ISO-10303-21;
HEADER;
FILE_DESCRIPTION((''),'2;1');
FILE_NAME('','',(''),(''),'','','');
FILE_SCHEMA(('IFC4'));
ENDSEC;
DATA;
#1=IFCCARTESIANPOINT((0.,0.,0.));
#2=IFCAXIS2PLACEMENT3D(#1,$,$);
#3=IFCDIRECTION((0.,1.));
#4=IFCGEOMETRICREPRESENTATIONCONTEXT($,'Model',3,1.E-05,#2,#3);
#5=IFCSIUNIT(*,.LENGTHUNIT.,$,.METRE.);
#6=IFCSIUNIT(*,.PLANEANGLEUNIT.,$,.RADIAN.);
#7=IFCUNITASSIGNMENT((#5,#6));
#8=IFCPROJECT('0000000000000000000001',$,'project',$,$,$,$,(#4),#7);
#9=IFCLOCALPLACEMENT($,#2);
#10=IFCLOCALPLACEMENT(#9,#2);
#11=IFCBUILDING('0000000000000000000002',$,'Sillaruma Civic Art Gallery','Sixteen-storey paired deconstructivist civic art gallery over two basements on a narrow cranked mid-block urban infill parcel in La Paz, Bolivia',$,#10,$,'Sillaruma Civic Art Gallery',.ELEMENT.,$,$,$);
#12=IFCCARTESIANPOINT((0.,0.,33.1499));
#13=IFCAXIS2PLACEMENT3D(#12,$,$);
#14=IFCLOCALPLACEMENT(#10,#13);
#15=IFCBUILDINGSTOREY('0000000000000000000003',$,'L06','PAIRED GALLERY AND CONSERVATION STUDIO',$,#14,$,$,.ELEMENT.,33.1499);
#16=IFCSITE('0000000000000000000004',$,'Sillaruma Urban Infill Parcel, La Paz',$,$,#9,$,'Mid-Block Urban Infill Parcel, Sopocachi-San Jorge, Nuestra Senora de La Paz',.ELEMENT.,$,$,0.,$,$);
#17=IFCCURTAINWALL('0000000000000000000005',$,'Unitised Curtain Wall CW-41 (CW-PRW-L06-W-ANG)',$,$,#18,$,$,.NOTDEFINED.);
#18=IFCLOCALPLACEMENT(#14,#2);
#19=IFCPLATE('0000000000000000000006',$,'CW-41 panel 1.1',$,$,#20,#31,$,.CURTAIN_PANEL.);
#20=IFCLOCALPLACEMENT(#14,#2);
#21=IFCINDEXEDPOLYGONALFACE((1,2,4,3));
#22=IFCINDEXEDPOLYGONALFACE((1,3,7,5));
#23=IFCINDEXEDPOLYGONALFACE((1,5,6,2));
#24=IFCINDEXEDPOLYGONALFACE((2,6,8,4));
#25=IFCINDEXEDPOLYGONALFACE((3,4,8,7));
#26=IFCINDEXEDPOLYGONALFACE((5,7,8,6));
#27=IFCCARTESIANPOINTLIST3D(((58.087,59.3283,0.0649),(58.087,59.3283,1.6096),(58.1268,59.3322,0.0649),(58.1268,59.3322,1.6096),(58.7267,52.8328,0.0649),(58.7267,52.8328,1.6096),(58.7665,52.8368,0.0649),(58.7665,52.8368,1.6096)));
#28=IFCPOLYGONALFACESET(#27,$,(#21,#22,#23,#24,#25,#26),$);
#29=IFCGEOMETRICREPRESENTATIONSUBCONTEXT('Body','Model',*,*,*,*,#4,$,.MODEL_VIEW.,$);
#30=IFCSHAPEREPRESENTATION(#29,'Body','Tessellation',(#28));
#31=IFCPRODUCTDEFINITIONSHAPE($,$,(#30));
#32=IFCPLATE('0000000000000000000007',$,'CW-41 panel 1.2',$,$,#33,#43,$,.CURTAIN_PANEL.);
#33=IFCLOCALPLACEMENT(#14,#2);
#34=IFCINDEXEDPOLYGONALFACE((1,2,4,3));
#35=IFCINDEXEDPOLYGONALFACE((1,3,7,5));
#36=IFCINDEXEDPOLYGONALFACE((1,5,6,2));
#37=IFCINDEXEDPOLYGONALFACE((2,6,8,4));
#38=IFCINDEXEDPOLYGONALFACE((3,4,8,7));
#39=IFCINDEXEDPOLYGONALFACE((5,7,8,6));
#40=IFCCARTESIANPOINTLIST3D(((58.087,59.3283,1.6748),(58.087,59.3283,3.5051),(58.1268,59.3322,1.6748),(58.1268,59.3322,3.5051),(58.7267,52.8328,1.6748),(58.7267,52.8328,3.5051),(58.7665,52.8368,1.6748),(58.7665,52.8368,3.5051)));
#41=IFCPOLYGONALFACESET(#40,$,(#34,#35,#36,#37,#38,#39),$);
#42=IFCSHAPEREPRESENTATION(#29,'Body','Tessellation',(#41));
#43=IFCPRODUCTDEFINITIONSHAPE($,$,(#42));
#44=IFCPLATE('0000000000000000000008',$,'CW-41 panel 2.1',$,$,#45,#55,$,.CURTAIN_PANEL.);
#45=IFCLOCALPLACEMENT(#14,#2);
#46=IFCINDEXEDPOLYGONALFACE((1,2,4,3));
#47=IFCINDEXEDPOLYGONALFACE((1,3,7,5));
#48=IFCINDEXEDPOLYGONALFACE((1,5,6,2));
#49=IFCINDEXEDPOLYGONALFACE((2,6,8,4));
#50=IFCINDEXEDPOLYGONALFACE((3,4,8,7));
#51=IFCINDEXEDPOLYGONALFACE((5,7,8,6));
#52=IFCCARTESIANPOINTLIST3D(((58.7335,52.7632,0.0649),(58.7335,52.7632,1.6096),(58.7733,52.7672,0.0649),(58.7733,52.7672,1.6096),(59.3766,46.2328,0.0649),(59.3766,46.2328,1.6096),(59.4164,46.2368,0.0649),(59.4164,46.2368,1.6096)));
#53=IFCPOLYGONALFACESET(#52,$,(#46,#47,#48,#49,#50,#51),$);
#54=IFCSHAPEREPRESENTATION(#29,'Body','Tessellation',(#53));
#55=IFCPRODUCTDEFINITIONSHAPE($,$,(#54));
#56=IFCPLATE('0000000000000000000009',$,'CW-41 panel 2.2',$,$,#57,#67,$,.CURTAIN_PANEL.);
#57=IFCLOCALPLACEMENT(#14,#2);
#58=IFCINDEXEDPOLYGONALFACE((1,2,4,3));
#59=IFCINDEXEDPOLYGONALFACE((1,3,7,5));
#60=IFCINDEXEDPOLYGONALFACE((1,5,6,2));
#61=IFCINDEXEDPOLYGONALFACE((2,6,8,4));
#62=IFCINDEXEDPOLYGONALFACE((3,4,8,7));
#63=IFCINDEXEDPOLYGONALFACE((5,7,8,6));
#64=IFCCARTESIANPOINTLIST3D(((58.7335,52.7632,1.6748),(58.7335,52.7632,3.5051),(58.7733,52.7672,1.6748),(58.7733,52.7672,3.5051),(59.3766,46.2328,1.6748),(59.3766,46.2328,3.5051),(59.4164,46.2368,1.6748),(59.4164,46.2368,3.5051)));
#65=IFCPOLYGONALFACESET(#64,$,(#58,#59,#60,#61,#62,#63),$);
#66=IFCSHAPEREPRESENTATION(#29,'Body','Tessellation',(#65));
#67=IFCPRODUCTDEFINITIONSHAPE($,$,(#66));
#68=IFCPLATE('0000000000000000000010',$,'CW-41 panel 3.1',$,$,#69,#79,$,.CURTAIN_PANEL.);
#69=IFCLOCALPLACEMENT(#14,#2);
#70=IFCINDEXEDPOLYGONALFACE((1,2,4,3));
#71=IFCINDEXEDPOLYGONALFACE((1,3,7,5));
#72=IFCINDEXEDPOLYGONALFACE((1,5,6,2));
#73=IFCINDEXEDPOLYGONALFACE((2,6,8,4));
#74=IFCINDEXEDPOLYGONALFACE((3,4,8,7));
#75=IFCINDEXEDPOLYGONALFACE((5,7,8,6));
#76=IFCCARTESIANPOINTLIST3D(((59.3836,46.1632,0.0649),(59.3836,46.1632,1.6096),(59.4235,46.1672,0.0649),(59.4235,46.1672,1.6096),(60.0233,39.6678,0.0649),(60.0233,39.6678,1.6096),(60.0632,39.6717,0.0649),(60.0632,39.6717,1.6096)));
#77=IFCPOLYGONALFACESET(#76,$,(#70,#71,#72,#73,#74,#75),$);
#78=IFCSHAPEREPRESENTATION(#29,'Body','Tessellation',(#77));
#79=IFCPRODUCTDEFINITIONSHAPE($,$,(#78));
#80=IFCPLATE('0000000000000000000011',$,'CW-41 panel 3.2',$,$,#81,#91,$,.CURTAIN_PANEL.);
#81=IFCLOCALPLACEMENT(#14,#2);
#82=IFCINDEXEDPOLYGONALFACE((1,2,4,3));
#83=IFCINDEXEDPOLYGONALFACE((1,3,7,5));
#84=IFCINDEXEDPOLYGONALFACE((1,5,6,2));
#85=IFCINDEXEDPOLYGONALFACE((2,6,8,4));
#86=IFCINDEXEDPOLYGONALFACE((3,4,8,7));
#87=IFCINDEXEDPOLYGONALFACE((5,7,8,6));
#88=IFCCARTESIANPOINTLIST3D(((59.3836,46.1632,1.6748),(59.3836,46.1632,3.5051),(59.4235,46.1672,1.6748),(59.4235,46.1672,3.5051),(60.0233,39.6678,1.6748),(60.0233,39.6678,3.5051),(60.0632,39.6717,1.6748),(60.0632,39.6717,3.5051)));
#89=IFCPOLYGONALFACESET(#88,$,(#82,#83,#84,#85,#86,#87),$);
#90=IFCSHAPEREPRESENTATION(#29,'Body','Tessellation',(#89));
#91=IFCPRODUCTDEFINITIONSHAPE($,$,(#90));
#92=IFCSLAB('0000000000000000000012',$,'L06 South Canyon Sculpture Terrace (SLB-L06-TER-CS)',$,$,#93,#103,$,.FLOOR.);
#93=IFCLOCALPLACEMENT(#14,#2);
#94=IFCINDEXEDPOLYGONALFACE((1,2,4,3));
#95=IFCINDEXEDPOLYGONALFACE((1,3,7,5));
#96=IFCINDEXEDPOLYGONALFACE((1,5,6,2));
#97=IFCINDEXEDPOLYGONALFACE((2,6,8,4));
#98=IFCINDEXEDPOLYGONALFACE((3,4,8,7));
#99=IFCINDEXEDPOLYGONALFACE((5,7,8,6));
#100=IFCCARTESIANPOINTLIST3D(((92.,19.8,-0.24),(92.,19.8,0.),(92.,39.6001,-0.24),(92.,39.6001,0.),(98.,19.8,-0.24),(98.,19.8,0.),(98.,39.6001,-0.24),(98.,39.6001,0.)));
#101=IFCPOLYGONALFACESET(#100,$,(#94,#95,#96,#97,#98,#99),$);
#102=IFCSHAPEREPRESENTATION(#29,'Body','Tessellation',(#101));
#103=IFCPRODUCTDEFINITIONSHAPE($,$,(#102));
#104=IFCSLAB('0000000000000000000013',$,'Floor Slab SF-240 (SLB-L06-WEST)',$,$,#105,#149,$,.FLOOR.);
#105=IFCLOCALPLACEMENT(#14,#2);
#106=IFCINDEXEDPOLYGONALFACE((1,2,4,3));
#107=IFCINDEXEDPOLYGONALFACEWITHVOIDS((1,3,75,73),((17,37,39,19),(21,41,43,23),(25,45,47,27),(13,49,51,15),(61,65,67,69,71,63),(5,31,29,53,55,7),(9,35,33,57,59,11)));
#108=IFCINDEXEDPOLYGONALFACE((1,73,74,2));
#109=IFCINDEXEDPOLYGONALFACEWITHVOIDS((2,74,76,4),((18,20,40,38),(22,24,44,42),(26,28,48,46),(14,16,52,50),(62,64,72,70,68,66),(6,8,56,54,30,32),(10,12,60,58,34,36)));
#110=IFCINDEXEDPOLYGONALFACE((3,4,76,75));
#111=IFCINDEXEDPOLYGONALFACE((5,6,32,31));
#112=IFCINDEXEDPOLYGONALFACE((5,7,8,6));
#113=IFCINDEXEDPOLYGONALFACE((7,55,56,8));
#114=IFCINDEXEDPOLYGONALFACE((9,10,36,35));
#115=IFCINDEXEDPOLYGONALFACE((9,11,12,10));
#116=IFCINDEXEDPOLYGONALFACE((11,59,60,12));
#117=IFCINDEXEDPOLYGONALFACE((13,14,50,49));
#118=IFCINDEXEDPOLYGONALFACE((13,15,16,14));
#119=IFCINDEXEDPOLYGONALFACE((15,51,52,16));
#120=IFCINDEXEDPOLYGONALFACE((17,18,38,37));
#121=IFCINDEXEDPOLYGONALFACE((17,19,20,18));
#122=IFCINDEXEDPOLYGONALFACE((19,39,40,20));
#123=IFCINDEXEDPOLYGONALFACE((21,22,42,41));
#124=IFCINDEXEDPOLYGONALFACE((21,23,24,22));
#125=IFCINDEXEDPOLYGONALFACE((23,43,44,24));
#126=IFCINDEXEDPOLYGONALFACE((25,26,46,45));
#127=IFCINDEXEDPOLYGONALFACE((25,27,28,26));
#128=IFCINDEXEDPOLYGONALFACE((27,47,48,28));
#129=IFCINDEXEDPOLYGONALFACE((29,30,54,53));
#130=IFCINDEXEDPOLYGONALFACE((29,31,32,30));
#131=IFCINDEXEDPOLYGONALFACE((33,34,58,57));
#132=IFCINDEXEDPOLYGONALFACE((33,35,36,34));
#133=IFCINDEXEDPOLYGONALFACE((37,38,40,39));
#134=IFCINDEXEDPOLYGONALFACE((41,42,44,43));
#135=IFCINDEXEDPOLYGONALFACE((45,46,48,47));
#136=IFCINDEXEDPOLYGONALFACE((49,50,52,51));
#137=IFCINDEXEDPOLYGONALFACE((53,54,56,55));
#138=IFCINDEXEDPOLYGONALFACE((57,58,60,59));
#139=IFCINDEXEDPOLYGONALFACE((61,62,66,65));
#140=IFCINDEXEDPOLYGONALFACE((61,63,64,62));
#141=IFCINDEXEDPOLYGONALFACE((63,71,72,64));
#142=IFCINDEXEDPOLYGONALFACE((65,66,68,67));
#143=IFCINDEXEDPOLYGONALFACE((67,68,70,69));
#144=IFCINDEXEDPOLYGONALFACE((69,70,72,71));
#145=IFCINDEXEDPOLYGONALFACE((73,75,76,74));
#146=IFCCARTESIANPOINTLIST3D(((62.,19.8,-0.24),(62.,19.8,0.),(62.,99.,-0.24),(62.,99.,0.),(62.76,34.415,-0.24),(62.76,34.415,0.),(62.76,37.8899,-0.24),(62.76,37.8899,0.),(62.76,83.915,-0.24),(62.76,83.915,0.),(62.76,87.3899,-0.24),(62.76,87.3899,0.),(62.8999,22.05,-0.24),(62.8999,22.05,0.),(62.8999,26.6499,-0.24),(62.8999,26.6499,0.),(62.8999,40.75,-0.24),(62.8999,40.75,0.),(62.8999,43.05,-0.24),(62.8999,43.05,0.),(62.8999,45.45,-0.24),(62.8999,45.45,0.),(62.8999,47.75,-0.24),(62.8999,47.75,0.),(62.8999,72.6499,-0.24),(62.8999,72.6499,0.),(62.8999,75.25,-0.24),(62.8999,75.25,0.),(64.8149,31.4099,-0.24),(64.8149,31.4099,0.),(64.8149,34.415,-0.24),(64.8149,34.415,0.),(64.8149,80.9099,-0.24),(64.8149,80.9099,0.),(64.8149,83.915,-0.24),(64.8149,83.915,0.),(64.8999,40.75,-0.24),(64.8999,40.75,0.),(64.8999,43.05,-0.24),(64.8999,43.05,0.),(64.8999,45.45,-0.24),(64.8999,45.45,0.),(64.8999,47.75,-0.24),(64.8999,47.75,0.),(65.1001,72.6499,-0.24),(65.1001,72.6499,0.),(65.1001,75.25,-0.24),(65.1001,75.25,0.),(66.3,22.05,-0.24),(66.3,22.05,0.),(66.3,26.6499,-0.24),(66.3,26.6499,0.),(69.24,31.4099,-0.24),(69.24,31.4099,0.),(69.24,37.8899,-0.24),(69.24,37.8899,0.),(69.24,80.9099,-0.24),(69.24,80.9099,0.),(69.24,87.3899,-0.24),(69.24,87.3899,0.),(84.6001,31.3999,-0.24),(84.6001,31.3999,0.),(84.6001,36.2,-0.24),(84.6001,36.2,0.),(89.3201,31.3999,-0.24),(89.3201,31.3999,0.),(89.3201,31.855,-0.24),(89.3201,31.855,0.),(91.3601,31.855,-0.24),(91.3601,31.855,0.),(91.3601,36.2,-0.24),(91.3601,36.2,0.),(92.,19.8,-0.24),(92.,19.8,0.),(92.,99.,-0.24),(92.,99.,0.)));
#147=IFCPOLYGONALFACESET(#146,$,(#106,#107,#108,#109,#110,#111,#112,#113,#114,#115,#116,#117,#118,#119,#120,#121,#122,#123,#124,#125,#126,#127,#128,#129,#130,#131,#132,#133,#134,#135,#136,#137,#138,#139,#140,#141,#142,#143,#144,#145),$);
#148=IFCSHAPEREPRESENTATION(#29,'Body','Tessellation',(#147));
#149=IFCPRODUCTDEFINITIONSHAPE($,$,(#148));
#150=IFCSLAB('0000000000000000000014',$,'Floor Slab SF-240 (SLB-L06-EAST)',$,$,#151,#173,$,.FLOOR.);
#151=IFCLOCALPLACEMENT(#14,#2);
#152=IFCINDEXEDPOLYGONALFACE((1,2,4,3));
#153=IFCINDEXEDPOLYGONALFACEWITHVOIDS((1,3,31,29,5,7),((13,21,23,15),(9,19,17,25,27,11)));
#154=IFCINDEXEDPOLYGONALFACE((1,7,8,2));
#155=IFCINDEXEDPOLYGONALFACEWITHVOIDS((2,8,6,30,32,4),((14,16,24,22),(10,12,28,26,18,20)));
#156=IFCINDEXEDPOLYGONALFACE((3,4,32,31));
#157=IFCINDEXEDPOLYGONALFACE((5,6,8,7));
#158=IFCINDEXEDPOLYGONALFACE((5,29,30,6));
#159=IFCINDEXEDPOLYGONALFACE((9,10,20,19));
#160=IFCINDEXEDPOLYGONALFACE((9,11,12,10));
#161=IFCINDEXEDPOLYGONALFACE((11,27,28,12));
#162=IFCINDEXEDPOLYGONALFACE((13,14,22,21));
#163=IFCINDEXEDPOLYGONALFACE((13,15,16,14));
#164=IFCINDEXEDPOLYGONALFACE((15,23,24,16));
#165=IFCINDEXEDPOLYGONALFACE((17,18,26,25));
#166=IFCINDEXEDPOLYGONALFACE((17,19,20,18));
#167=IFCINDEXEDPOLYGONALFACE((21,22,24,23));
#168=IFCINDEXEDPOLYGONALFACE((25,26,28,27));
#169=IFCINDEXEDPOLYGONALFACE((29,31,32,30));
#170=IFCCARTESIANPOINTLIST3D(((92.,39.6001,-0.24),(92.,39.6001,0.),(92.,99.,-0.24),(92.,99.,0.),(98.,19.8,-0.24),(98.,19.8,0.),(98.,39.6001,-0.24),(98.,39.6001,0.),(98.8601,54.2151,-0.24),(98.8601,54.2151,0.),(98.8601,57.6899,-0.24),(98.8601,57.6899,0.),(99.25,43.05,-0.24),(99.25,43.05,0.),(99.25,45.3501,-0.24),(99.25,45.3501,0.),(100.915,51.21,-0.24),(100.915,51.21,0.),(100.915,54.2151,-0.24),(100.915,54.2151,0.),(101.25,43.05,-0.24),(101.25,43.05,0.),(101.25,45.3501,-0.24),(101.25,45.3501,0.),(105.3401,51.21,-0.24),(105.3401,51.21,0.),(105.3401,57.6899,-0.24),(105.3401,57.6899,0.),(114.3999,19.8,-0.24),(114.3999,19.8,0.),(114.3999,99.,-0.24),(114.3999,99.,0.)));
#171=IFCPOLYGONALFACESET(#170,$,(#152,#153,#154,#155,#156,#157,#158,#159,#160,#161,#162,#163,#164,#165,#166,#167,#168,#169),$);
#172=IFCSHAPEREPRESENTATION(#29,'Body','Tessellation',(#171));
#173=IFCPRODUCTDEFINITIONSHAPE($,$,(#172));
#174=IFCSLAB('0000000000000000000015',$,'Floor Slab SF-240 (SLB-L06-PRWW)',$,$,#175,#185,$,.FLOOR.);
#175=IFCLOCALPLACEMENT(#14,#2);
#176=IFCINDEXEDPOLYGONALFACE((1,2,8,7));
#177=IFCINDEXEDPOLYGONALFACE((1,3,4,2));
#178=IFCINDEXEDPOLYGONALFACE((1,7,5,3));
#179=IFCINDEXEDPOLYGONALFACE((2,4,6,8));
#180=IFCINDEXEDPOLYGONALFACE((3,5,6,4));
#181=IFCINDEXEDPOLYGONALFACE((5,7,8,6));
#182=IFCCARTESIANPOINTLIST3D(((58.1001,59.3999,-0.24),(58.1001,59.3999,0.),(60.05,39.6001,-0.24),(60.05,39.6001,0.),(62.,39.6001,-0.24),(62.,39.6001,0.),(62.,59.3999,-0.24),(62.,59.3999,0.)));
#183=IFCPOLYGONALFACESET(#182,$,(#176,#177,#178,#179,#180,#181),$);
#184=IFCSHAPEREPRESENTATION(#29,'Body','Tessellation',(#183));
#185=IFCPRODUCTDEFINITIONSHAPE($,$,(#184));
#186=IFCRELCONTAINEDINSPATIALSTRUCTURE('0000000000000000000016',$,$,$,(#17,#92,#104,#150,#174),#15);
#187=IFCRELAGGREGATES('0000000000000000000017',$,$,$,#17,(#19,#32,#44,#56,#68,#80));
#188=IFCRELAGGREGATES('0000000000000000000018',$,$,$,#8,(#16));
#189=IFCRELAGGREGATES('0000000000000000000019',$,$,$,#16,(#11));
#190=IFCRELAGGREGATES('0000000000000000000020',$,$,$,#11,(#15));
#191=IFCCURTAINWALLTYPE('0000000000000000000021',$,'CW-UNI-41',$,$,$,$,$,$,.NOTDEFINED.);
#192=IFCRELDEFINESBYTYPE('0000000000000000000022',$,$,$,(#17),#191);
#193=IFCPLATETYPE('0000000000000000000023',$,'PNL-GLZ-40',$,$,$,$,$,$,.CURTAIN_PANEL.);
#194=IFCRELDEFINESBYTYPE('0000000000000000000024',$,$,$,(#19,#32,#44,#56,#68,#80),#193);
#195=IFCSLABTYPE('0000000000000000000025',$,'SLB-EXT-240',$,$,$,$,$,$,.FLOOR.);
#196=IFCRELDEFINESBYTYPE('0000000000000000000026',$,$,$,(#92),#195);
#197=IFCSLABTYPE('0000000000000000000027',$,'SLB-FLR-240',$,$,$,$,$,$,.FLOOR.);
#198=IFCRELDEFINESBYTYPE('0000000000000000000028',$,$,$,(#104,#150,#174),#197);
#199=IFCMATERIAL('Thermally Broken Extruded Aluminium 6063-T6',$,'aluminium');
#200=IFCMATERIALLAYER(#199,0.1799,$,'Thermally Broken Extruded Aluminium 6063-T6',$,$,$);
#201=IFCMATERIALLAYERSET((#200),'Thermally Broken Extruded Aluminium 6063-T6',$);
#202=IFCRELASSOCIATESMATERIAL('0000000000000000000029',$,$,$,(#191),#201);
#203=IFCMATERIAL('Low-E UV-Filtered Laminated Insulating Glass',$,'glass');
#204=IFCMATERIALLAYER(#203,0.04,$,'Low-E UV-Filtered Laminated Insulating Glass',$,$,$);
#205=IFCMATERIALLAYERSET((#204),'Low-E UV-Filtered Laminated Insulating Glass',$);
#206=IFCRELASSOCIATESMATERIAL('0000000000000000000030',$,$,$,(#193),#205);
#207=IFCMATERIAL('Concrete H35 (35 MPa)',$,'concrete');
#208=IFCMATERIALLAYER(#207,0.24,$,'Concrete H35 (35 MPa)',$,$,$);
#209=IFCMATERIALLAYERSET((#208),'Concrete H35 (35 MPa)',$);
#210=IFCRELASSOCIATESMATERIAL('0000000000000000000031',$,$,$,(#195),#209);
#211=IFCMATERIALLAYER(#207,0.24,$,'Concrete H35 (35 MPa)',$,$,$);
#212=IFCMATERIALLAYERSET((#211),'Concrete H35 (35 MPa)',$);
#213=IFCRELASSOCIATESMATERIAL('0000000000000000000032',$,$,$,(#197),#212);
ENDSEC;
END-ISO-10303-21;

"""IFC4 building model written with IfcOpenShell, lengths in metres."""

from ifc_helpers import new_model, si_unit, direction, frame, origin, origin_2d, place, context, subcontext, project, spatial, polyline, rectangle, outline, extrude, material, layer, layer_set, type_object, element, aggregate, save


model = new_model("IFC4")

# Units and contexts
model_context = context("Model", 3, precision=1e-05, world=origin(), true_north=direction((0.0, 1.0)))
body_context = subcontext(model_context, "Body", "Model", "MODEL_VIEW")
ifc_project = project(units=[si_unit("LENGTHUNIT", "METRE"), si_unit("PLANEANGLEUNIT", "RADIAN")], contexts=[model_context])

# Site, building, storey
site_placement = place(None, origin())
site = spatial("IfcSite", under=ifc_project, at=site_placement, Name="Sillaruma Urban Infill Parcel, La Paz", LongName="Mid-Block Urban Infill Parcel, Sopocachi-San Jorge, Nuestra Senora de La Paz", CompositionType="ELEMENT", RefElevation=0.0)
building_placement = place(site_placement, origin())
building = spatial("IfcBuilding", under=site, at=building_placement, Name="Sillaruma Civic Art Gallery", Description="Sixteen-storey paired deconstructivist civic art gallery over two basements on a narrow cranked mid-block urban infill parcel in La Paz, Bolivia", LongName="Sillaruma Civic Art Gallery", CompositionType="ELEMENT")
storey_placement = place(building_placement, frame((0.0, 0.0, 33.1499)))
storey = spatial("IfcBuildingStorey", under=building, at=storey_placement, Name="L06", Description="PAIRED GALLERY AND CONSERVATION STUDIO", CompositionType="ELEMENT", Elevation=33.1499)

# Curtain wall
ifc_material_1 = material(Name="Thermally Broken Extruded Aluminium 6063-T6", Category="aluminium")
ifc_layer_1 = layer(ifc_material_1, 0.1799, Name="Thermally Broken Extruded Aluminium 6063-T6")
ifc_layer_set_1 = layer_set([ifc_layer_1], Name="Thermally Broken Extruded Aluminium 6063-T6")
curtain_wall_type = type_object("IfcCurtainWallType", Name="CW-UNI-41", PredefinedType="NOTDEFINED", material=ifc_layer_set_1)
curtain_wall_placement = place(storey_placement, origin())
curtain_wall = element("IfcCurtainWall", 1, at=curtain_wall_placement, inside=storey, type_object=curtain_wall_type, Name="Unitised Curtain Wall CW-41 (CW-PRW-L06-W-ANG)", PredefinedType="NOTDEFINED")

# Plates
ifc_material_2 = material(Name="Low-E UV-Filtered Laminated Insulating Glass", Category="glass")
ifc_layer_2 = layer(ifc_material_2, 0.04, Name="Low-E UV-Filtered Laminated Insulating Glass")
ifc_layer_set_2 = layer_set([ifc_layer_2], Name="Low-E UV-Filtered Laminated Insulating Glass")
plate_type_1 = type_object("IfcPlateType", Name="PNL-GLZ-40", PredefinedType="CURTAIN_PANEL", material=ifc_layer_set_2)
plate_1_placement = place(storey_placement, frame((58.4268, 56.0825, 0.0649), z_axis=(0.0, 0.0, 1.0), x_axis=(0.098011, -0.995185, 0.0)))
plate_1 = element("IfcPlate", 2, at=plate_1_placement, type_object=plate_type_1, Name="CW-41 panel 1.1", PredefinedType="CURTAIN_PANEL", context=body_context, shape_type="SweptSolid", body=[
    extrude(rectangle(XDim=6.5269, YDim=0.04, at=origin_2d()), origin(), (0.0, 0.0, 1.0), 1.5447),
])
plate_2_placement = place(storey_placement, frame((58.4268, 56.0825, 1.6748), z_axis=(0.0, 0.0, 1.0), x_axis=(0.098011, -0.995185, 0.0)))
plate_2 = element("IfcPlate", 3, at=plate_2_placement, type_object=plate_type_1, Name="CW-41 panel 1.2", PredefinedType="CURTAIN_PANEL", context=body_context, shape_type="SweptSolid", body=[
    extrude(rectangle(XDim=6.5269, YDim=0.04, at=origin_2d()), origin(), (0.0, 0.0, 1.0), 1.8303),
])
plate_3_placement = place(storey_placement, frame((59.075, 49.5, 0.0649), z_axis=(0.0, 0.0, 1.0), x_axis=(0.098011, -0.995185, 0.0)))
plate_3 = element("IfcPlate", 4, at=plate_3_placement, type_object=plate_type_1, Name="CW-41 panel 2.1", PredefinedType="CURTAIN_PANEL", context=body_context, shape_type="SweptSolid", body=[
    extrude(rectangle(XDim=6.562, YDim=0.04, at=origin_2d()), origin(), (0.0, 0.0, 1.0), 1.5447),
])
plate_4_placement = place(storey_placement, frame((59.075, 49.5, 1.6748), z_axis=(0.0, 0.0, 1.0), x_axis=(0.098011, -0.995185, 0.0)))
plate_4 = element("IfcPlate", 5, at=plate_4_placement, type_object=plate_type_1, Name="CW-41 panel 2.2", PredefinedType="CURTAIN_PANEL", context=body_context, shape_type="SweptSolid", body=[
    extrude(rectangle(XDim=6.562, YDim=0.04, at=origin_2d()), origin(), (0.0, 0.0, 1.0), 1.8303),
])
plate_5_placement = place(storey_placement, frame((59.7234, 42.9175, 0.0649), z_axis=(0.0, 0.0, 1.0), x_axis=(0.098011, -0.995185, 0.0)))
plate_5 = element("IfcPlate", 6, at=plate_5_placement, type_object=plate_type_1, Name="CW-41 panel 3.1", PredefinedType="CURTAIN_PANEL", context=body_context, shape_type="SweptSolid", body=[
    extrude(rectangle(XDim=6.5269, YDim=0.04, at=origin_2d()), origin(), (0.0, 0.0, 1.0), 1.5447),
])
plate_6_placement = place(storey_placement, frame((59.7234, 42.9175, 1.6748), z_axis=(0.0, 0.0, 1.0), x_axis=(0.098011, -0.995185, 0.0)))
plate_6 = element("IfcPlate", 7, at=plate_6_placement, type_object=plate_type_1, Name="CW-41 panel 3.2", PredefinedType="CURTAIN_PANEL", context=body_context, shape_type="SweptSolid", body=[
    extrude(rectangle(XDim=6.5269, YDim=0.04, at=origin_2d()), origin(), (0.0, 0.0, 1.0), 1.8303),
])
aggregate(curtain_wall, [plate_1, plate_2, plate_3, plate_4, plate_5, plate_6])

# Slabs
ifc_material_3 = material(Name="Concrete H35 (35 MPa)", Category="concrete")
ifc_layer_3 = layer(ifc_material_3, 0.24, Name="Concrete H35 (35 MPa)")
ifc_layer_set_3 = layer_set([ifc_layer_3], Name="Concrete H35 (35 MPa)")
slab_type_1 = type_object("IfcSlabType", Name="SLB-EXT-240", PredefinedType="FLOOR", material=ifc_layer_set_3)
slab_1_placement = place(storey_placement, frame((0.0, 0.0, -0.24)))
element("IfcSlab", 8, at=slab_1_placement, inside=storey, type_object=slab_type_1, Name="L06 South Canyon Sculpture Terrace (SLB-L06-TER-CS)", PredefinedType="FLOOR", context=body_context, shape_type="SweptSolid", body=[
    extrude(outline(polyline([(92.0, 19.8), (98.0, 19.8), (98.0, 39.6001), (92.0, 39.6001), (92.0, 19.8)])), origin(), (0.0, 0.0, 1.0), 0.24),
])
ifc_layer_4 = layer(ifc_material_3, 0.24, Name="Concrete H35 (35 MPa)")
ifc_layer_set_4 = layer_set([ifc_layer_4], Name="Concrete H35 (35 MPa)")
slab_type_2 = type_object("IfcSlabType", Name="SLB-FLR-240", PredefinedType="FLOOR", material=ifc_layer_set_4)
slab_2_placement = place(storey_placement, frame((0.0, 0.0, -0.24)))
element("IfcSlab", 9, at=slab_2_placement, inside=storey, type_object=slab_type_2, Name="Floor Slab SF-240 (SLB-L06-WEST)", PredefinedType="FLOOR", context=body_context, shape_type="SweptSolid", body=[
    extrude(outline(polyline([(62.0, 19.8), (92.0, 19.8), (92.0, 99.0), (62.0, 99.0), (62.0, 19.8)]), holes=[polyline([(64.8149, 80.9099), (69.24, 80.9099), (69.24, 87.3899), (62.76, 87.3899), (62.76, 83.915), (64.8149, 83.915), (64.8149, 80.9099)]), polyline([(64.8149, 31.4099), (69.24, 31.4099), (69.24, 37.8899), (62.76, 37.8899), (62.76, 34.415), (64.8149, 34.415), (64.8149, 31.4099)]), polyline([(84.6001, 31.3999), (89.3201, 31.3999), (89.3201, 31.855), (91.3601, 31.855), (91.3601, 36.2), (84.6001, 36.2), (84.6001, 31.3999)]), polyline([(62.8999, 40.75), (64.8999, 40.75), (64.8999, 43.05), (62.8999, 43.05), (62.8999, 40.75)]), polyline([(62.8999, 45.45), (64.8999, 45.45), (64.8999, 47.75), (62.8999, 47.75), (62.8999, 45.45)]), polyline([(62.8999, 72.6499), (65.1001, 72.6499), (65.1001, 75.25), (62.8999, 75.25), (62.8999, 72.6499)]), polyline([(62.8999, 22.05), (66.3, 22.05), (66.3, 26.6499), (62.8999, 26.6499), (62.8999, 22.05)])]), origin(), (0.0, 0.0, 1.0), 0.24),
])
slab_3_placement = place(storey_placement, frame((0.0, 0.0, -0.24)))
element("IfcSlab", 10, at=slab_3_placement, inside=storey, type_object=slab_type_2, Name="Floor Slab SF-240 (SLB-L06-EAST)", PredefinedType="FLOOR", context=body_context, shape_type="SweptSolid", body=[
    extrude(outline(polyline([(92.0, 39.6001), (98.0, 39.6001), (98.0, 19.8), (114.3999, 19.8), (114.3999, 99.0), (92.0, 99.0), (92.0, 39.6001)]), holes=[polyline([(100.915, 51.21), (105.3401, 51.21), (105.3401, 57.6899), (98.8601, 57.6899), (98.8601, 54.2151), (100.915, 54.2151), (100.915, 51.21)]), polyline([(99.25, 43.05), (101.25, 43.05), (101.25, 45.3501), (99.25, 45.3501), (99.25, 43.05)])]), origin(), (0.0, 0.0, 1.0), 0.24),
])
slab_4_placement = place(storey_placement, frame((0.0, 0.0, -0.24)))
element("IfcSlab", 11, at=slab_4_placement, inside=storey, type_object=slab_type_2, Name="Floor Slab SF-240 (SLB-L06-PRWW)", PredefinedType="FLOOR", context=body_context, shape_type="SweptSolid", body=[
    extrude(outline(polyline([(62.0, 39.6001), (62.0, 59.3999), (58.1001, 59.3999), (60.05, 39.6001), (62.0, 39.6001)])), origin(), (0.0, 0.0, 1.0), 0.24),
])

save(model, "model.ifc")
